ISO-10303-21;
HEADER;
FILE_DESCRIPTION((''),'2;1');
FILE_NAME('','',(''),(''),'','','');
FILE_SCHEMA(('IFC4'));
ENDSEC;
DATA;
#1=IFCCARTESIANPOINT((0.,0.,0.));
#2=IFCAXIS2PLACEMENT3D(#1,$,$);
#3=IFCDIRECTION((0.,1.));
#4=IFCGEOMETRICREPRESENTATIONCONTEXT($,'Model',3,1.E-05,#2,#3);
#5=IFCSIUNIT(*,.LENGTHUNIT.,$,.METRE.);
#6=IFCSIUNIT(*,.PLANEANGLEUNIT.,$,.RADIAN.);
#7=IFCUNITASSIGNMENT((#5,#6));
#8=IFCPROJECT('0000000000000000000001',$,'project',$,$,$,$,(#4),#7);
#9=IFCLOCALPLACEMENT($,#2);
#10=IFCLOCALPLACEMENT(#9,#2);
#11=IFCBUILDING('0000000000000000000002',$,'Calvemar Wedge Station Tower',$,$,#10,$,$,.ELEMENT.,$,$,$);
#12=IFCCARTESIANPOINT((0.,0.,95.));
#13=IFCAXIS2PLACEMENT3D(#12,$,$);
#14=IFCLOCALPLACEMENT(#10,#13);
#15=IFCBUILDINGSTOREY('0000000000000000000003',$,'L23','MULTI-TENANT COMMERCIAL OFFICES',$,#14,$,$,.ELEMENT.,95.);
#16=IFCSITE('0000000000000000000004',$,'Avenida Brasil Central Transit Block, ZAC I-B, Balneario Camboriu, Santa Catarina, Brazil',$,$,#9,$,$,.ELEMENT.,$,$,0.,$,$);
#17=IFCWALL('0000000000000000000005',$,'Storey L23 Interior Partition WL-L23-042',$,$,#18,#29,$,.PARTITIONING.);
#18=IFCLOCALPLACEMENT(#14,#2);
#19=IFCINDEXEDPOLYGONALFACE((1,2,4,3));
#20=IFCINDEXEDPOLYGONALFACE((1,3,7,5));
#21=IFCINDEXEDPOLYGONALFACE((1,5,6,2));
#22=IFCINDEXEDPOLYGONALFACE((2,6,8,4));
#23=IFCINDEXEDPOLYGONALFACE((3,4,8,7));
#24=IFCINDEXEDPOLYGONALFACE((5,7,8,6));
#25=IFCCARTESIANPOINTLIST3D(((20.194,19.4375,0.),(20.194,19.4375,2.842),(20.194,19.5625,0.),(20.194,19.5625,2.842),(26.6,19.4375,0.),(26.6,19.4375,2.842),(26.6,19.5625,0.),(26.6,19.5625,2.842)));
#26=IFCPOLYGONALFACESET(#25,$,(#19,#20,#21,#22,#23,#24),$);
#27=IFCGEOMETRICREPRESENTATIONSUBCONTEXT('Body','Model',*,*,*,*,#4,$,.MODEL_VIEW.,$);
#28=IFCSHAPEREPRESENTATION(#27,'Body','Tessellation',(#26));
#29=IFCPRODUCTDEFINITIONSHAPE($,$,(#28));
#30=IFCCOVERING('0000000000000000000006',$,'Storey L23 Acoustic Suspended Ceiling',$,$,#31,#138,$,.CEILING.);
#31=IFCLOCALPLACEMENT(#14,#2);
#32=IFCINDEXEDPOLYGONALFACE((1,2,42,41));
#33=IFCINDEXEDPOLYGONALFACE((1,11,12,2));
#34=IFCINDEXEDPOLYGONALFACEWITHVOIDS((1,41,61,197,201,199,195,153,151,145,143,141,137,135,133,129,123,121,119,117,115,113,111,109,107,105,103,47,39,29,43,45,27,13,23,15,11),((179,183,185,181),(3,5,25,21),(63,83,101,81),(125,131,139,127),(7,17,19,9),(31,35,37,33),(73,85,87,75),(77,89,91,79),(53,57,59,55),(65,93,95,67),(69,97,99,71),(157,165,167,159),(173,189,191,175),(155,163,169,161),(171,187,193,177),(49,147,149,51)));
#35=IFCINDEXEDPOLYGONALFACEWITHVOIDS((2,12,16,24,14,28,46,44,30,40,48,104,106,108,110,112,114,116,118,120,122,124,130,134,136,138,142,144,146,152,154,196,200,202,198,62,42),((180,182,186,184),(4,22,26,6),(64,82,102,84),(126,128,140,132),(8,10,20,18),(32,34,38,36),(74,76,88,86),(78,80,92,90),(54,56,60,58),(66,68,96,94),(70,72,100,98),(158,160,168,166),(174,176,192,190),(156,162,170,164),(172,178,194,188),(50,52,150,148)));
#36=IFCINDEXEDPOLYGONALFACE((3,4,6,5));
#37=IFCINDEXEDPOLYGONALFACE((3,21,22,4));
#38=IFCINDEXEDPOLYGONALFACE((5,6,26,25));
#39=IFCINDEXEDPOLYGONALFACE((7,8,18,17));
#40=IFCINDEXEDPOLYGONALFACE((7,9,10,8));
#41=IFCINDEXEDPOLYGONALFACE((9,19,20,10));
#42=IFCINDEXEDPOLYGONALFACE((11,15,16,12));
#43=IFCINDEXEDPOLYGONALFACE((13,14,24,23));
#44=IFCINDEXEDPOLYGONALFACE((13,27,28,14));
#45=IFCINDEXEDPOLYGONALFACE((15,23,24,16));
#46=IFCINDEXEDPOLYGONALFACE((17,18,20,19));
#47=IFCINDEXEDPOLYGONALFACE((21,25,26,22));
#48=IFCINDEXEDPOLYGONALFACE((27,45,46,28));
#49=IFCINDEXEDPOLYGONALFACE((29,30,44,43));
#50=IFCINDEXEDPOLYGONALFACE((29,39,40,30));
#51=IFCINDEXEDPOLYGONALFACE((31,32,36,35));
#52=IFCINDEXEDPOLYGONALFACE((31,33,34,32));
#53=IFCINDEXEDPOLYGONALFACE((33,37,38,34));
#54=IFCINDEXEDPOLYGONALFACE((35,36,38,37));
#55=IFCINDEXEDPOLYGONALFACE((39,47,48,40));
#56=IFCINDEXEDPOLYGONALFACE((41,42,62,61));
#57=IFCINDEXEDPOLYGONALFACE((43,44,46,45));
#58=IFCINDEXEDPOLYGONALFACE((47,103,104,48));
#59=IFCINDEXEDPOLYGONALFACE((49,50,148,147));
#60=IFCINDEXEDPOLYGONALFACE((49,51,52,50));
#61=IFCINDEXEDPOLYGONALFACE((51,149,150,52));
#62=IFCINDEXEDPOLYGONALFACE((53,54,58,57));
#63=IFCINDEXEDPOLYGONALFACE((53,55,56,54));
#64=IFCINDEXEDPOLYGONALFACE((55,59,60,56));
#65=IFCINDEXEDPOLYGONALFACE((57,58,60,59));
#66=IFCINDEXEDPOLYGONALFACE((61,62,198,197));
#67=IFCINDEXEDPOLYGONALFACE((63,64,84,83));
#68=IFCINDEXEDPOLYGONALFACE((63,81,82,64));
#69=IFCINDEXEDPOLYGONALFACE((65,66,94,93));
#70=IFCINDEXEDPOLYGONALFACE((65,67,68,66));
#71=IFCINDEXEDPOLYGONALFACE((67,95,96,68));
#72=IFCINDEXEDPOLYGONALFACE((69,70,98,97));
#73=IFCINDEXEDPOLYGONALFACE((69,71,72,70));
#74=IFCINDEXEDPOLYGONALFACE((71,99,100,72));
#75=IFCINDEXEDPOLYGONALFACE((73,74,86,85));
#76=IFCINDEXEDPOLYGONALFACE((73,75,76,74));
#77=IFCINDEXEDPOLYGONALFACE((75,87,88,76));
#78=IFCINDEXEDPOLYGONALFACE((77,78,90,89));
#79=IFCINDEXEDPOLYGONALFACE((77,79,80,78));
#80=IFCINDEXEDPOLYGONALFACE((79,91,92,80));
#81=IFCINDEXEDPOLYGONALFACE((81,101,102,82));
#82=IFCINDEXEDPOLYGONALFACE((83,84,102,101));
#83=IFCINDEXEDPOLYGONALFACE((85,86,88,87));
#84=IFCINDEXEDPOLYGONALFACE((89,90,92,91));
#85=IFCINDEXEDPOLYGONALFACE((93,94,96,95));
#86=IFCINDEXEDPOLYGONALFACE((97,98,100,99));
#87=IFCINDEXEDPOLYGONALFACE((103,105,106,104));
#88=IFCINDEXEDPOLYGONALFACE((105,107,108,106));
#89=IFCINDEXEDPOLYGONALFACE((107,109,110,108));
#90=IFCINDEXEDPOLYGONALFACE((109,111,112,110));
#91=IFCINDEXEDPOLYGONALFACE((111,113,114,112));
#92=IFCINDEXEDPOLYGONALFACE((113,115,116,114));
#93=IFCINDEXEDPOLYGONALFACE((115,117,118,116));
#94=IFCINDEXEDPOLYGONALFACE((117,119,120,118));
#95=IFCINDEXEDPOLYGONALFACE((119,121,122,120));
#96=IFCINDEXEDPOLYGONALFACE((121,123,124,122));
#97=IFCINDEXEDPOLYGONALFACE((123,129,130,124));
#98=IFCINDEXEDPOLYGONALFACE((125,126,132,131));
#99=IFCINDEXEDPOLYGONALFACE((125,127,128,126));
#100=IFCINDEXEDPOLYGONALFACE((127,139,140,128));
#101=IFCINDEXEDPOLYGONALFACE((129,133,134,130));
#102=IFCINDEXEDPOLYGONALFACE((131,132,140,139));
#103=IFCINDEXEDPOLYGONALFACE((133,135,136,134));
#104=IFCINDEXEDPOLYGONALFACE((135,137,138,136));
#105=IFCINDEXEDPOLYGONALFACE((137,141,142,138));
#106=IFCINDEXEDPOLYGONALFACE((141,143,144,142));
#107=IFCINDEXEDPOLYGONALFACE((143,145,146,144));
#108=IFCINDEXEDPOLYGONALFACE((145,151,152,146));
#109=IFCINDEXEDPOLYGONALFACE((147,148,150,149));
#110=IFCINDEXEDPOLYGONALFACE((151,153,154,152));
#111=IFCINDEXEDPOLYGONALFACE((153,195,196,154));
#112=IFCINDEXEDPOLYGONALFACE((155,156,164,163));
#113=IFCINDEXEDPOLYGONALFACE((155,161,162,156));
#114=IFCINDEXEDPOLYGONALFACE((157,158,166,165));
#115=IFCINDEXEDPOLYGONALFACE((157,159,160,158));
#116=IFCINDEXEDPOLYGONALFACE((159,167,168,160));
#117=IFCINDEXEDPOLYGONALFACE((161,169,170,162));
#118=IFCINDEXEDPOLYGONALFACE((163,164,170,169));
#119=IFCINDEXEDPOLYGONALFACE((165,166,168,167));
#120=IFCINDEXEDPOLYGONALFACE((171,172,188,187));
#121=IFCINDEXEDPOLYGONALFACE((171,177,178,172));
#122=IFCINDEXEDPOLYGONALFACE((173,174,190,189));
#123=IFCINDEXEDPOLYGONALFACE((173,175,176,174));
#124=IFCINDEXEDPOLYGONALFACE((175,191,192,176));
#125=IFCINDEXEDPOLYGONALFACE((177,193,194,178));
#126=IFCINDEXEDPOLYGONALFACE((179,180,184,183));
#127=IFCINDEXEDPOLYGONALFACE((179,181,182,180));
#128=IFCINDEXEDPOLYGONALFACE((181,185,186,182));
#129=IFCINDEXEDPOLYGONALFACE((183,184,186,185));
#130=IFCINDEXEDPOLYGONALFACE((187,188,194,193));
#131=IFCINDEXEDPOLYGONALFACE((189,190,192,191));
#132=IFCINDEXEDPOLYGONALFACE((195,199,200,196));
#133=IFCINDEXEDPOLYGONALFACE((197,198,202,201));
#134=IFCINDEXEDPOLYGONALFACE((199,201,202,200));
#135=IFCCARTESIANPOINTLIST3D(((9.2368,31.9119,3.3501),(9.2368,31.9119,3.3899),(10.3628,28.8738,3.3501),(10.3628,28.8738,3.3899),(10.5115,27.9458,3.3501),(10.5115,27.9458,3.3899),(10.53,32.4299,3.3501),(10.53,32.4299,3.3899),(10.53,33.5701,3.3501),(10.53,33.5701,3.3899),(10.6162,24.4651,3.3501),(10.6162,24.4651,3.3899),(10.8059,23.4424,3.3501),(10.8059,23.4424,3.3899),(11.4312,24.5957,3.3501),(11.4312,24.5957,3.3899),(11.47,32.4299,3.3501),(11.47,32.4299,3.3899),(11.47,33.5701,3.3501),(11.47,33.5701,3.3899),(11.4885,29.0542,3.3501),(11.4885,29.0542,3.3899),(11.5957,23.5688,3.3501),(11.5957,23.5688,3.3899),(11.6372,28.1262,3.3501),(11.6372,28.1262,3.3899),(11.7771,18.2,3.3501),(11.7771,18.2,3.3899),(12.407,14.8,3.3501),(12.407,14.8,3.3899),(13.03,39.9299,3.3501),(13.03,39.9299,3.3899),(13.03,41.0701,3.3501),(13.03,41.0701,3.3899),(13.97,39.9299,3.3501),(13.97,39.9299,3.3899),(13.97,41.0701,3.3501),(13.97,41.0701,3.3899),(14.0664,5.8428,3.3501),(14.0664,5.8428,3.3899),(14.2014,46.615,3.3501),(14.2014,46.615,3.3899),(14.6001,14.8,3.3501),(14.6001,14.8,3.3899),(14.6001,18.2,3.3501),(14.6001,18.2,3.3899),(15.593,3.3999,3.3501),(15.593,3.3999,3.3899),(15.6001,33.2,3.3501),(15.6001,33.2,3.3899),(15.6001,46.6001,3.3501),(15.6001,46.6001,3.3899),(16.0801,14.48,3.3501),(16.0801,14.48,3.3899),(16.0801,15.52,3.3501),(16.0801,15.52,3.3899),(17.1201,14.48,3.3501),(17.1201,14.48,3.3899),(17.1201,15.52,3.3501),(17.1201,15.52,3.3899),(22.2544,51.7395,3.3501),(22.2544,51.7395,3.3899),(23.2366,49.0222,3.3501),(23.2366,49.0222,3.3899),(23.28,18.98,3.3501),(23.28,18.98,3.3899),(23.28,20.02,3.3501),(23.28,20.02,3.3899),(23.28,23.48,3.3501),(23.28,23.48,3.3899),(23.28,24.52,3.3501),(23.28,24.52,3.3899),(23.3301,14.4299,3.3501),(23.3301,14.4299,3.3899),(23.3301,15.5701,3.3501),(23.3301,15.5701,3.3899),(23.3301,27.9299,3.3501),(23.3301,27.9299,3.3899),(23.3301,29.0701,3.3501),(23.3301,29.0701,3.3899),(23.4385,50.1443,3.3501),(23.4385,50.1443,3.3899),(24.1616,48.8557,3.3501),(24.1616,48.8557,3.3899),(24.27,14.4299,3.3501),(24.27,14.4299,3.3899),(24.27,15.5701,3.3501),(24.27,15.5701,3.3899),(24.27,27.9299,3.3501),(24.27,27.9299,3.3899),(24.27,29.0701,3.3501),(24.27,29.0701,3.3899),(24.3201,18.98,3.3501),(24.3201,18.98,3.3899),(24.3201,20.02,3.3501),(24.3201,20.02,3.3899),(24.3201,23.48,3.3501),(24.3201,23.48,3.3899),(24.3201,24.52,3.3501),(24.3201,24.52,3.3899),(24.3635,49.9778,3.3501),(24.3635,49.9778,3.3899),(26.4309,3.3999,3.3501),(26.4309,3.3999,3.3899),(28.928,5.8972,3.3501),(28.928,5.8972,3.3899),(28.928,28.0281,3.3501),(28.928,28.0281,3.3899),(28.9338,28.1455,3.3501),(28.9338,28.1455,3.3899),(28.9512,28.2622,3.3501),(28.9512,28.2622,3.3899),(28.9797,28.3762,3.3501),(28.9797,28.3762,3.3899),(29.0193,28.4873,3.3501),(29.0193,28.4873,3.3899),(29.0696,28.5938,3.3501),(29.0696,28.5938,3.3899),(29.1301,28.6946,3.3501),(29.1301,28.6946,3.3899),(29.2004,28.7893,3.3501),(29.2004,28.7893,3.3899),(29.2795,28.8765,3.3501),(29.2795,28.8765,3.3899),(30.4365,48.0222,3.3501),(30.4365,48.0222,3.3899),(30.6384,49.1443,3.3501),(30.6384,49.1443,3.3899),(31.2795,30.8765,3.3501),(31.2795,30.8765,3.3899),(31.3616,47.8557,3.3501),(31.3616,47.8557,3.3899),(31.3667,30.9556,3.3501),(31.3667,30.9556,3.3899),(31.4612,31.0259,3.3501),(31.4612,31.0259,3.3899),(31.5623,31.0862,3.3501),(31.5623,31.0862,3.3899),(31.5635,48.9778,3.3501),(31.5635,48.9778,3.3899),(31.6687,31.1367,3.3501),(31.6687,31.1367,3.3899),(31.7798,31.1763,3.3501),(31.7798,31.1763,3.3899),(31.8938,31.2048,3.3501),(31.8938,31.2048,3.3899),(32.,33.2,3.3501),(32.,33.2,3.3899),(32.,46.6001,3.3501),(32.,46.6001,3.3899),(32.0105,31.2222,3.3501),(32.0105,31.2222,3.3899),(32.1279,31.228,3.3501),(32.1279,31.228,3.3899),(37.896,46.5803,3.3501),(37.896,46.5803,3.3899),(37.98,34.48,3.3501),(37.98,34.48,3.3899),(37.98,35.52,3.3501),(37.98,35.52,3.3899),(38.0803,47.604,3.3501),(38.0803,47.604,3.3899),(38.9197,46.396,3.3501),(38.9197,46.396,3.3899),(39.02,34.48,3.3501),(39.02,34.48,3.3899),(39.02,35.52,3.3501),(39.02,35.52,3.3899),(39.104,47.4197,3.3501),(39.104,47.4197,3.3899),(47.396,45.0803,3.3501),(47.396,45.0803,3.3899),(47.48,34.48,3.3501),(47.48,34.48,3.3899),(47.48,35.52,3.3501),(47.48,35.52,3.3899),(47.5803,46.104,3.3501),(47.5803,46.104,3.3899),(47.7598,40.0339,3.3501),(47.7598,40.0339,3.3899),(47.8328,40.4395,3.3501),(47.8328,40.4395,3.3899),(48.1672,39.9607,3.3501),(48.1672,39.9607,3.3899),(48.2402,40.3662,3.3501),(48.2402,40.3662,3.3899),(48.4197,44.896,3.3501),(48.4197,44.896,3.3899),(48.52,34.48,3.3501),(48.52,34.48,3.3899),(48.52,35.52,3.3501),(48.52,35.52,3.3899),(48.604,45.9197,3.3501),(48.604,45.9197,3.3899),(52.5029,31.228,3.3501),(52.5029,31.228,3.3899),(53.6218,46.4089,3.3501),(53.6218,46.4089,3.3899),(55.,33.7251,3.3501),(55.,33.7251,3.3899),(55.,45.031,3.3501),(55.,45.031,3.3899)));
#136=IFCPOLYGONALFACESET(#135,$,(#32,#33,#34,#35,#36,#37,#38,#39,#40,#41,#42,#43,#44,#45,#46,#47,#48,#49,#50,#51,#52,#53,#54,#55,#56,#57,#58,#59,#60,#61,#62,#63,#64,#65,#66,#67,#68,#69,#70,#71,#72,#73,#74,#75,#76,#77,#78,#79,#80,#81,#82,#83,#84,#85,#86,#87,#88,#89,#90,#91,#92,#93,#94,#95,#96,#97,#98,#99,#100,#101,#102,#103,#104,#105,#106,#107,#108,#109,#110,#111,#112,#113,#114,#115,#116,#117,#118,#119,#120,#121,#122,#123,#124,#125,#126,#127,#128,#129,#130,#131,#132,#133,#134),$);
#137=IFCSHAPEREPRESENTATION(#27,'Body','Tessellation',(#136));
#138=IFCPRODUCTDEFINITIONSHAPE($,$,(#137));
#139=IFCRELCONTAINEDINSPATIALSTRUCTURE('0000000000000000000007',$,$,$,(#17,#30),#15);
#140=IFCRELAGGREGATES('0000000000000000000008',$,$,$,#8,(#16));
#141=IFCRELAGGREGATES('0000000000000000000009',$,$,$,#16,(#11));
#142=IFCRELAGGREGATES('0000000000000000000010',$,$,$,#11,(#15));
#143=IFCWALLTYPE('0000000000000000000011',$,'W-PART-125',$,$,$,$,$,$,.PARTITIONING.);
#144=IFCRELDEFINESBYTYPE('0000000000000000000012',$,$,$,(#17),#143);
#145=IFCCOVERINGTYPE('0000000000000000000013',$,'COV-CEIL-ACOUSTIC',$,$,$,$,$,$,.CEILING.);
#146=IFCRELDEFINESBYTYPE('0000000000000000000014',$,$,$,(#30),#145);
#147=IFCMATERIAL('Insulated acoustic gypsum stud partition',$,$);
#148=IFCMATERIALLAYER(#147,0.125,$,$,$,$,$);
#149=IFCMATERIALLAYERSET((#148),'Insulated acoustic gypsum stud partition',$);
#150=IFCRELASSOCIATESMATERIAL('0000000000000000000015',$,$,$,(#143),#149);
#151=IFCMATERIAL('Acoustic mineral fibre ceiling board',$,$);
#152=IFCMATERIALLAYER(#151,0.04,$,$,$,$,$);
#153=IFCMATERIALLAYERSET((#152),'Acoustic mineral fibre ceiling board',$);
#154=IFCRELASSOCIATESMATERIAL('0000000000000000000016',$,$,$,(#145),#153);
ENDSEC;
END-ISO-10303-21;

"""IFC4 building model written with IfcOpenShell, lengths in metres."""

from ifc_helpers import new_model, si_unit, direction, frame, frame_2d, origin, place, context, subcontext, project, spatial, polyline, rectangle, outline, extrude, material, layer, layer_set, type_object, element, save


model = new_model("IFC4")

# Units and contexts
model_context = context("Model", 3, precision=1e-05, world=origin(), true_north=direction((0.0, 1.0)))
body_context = subcontext(model_context, "Body", "Model", "MODEL_VIEW")
ifc_project = project(units=[si_unit("LENGTHUNIT", "METRE"), si_unit("PLANEANGLEUNIT", "RADIAN")], contexts=[model_context])

# Site, building, storey
site_placement = place(None, origin())
site = spatial("IfcSite", under=ifc_project, at=site_placement, Name="Avenida Brasil Central Transit Block, ZAC I-B, Balneario Camboriu, Santa Catarina, Brazil", CompositionType="ELEMENT", RefElevation=0.0)
building_placement = place(site_placement, origin())
building = spatial("IfcBuilding", under=site, at=building_placement, Name="Calvemar Wedge Station Tower", CompositionType="ELEMENT")
storey_placement = place(building_placement, frame((0.0, 0.0, 95.0)))
storey = spatial("IfcBuildingStorey", under=building, at=storey_placement, Name="L23", Description="MULTI-TENANT COMMERCIAL OFFICES", CompositionType="ELEMENT", Elevation=95.0)

# Wall
ifc_material_1 = material(Name="Insulated acoustic gypsum stud partition")
ifc_layer_1 = layer(ifc_material_1, 0.125)
ifc_layer_set_1 = layer_set([ifc_layer_1], Name="Insulated acoustic gypsum stud partition")
wall_type_1 = type_object("IfcWallType", Name="W-PART-125", PredefinedType="PARTITIONING", material=ifc_layer_set_1)
wall_1_placement = place(storey_placement, frame((26.6001, 19.5, 0.0), z_axis=(0.0, 0.0, 1.0), x_axis=(-1.0, 0.0, 0.0)))
element("IfcWall", 1, at=wall_1_placement, inside=storey, type_object=wall_type_1, Name="Storey L23 Interior Partition WL-L23-042", PredefinedType="PARTITIONING", context=body_context, shape_type="SweptSolid", body=[
    extrude(rectangle(XDim=6.406, YDim=0.125, at=frame_2d((3.2031, 0.0))), origin(), (0.0, 0.0, 1.0), 2.842),
])

# Covering
ifc_material_2 = material(Name="Acoustic mineral fibre ceiling board")
ifc_layer_2 = layer(ifc_material_2, 0.04)
ifc_layer_set_2 = layer_set([ifc_layer_2], Name="Acoustic mineral fibre ceiling board")
covering_type_1 = type_object("IfcCoveringType", Name="COV-CEIL-ACOUSTIC", PredefinedType="CEILING", material=ifc_layer_set_2)
covering_1_placement = place(storey_placement, frame((0.0, 0.0, 3.3501)))
element("IfcCovering", 2, at=covering_1_placement, inside=storey, type_object=covering_type_1, Name="Storey L23 Acoustic Suspended Ceiling", PredefinedType="CEILING", context=body_context, shape_type="SweptSolid", body=[
    extrude(outline(polyline([(29.2795, 28.8765), (31.2795, 30.8765), (31.3667, 30.9556), (31.4612, 31.0259), (31.5623, 31.0862), (31.6687, 31.1367), (31.7798, 31.1763), (31.8938, 31.2048), (32.0105, 31.2222), (32.1279, 31.228), (52.5029, 31.228), (55.0, 33.7251), (55.0, 45.031), (53.6218, 46.4089), (22.2544, 51.7395), (14.2014, 46.615), (9.2368, 31.9119), (10.6162, 24.4651), (11.4312, 24.5957), (11.5957, 23.5688), (10.8059, 23.4424), (11.7771, 18.2), (14.6001, 18.2), (14.6001, 14.8), (12.407, 14.8), (14.0664, 5.8428), (15.593, 3.3999), (26.4309, 3.3999), (28.928, 5.8972), (28.928, 28.0281), (28.9338, 28.1455), (28.9512, 28.2622), (28.9797, 28.3762), (29.0193, 28.4873), (29.0696, 28.5938), (29.1301, 28.6946), (29.2004, 28.7893), (29.2795, 28.8765)]), holes=[polyline([(15.6001, 46.6001), (32.0, 46.6001), (32.0, 33.2), (15.6001, 33.2), (15.6001, 46.6001)]), polyline([(10.53, 32.4299), (10.53, 33.5701), (11.47, 33.5701), (11.47, 32.4299), (10.53, 32.4299)]), polyline([(13.03, 41.0701), (13.97, 41.0701), (13.97, 39.9299), (13.03, 39.9299), (13.03, 41.0701)]), polyline([(24.3635, 49.9778), (24.1616, 48.8557), (23.2366, 49.0222), (23.4385, 50.1443), (24.3635, 49.9778)]), polyline([(31.3616, 47.8557), (30.4365, 48.0222), (30.6384, 49.1443), (31.5635, 48.9778), (31.3616, 47.8557)]), polyline([(37.896, 46.5803), (38.0803, 47.604), (39.104, 47.4197), (38.9197, 46.396), (37.896, 46.5803)]), polyline([(47.5803, 46.104), (48.604, 45.9197), (48.4197, 44.896), (47.396, 45.0803), (47.5803, 46.104)]), polyline([(39.02, 35.52), (39.02, 34.48), (37.98, 34.48), (37.98, 35.52), (39.02, 35.52)]), polyline([(48.52, 34.48), (47.48, 34.48), (47.48, 35.52), (48.52, 35.52), (48.52, 34.48)]), polyline([(47.7598, 40.0339), (47.8328, 40.4395), (48.2402, 40.3662), (48.1672, 39.9607), (47.7598, 40.0339)]), polyline([(11.4885, 29.0542), (11.6372, 28.1262), (10.5115, 27.9458), (10.3628, 28.8738), (11.4885, 29.0542)]), polyline([(24.27, 27.9299), (23.3301, 27.9299), (23.3301, 29.0701), (24.27, 29.0701), (24.27, 27.9299)]), polyline([(23.28, 23.48), (23.28, 24.52), (24.3201, 24.52), (24.3201, 23.48), (23.28, 23.48)]), polyline([(23.28, 20.02), (24.3201, 20.02), (24.3201, 18.98), (23.28, 18.98), (23.28, 20.02)]), polyline([(24.27, 15.5701), (24.27, 14.4299), (23.3301, 14.4299), (23.3301, 15.5701), (24.27, 15.5701)]), polyline([(17.1201, 14.48), (16.0801, 14.48), (16.0801, 15.52), (17.1201, 15.52), (17.1201, 14.48)])]), origin(), (0.0, 0.0, 1.0), 0.0398),
])

save(model, "model.ifc")
